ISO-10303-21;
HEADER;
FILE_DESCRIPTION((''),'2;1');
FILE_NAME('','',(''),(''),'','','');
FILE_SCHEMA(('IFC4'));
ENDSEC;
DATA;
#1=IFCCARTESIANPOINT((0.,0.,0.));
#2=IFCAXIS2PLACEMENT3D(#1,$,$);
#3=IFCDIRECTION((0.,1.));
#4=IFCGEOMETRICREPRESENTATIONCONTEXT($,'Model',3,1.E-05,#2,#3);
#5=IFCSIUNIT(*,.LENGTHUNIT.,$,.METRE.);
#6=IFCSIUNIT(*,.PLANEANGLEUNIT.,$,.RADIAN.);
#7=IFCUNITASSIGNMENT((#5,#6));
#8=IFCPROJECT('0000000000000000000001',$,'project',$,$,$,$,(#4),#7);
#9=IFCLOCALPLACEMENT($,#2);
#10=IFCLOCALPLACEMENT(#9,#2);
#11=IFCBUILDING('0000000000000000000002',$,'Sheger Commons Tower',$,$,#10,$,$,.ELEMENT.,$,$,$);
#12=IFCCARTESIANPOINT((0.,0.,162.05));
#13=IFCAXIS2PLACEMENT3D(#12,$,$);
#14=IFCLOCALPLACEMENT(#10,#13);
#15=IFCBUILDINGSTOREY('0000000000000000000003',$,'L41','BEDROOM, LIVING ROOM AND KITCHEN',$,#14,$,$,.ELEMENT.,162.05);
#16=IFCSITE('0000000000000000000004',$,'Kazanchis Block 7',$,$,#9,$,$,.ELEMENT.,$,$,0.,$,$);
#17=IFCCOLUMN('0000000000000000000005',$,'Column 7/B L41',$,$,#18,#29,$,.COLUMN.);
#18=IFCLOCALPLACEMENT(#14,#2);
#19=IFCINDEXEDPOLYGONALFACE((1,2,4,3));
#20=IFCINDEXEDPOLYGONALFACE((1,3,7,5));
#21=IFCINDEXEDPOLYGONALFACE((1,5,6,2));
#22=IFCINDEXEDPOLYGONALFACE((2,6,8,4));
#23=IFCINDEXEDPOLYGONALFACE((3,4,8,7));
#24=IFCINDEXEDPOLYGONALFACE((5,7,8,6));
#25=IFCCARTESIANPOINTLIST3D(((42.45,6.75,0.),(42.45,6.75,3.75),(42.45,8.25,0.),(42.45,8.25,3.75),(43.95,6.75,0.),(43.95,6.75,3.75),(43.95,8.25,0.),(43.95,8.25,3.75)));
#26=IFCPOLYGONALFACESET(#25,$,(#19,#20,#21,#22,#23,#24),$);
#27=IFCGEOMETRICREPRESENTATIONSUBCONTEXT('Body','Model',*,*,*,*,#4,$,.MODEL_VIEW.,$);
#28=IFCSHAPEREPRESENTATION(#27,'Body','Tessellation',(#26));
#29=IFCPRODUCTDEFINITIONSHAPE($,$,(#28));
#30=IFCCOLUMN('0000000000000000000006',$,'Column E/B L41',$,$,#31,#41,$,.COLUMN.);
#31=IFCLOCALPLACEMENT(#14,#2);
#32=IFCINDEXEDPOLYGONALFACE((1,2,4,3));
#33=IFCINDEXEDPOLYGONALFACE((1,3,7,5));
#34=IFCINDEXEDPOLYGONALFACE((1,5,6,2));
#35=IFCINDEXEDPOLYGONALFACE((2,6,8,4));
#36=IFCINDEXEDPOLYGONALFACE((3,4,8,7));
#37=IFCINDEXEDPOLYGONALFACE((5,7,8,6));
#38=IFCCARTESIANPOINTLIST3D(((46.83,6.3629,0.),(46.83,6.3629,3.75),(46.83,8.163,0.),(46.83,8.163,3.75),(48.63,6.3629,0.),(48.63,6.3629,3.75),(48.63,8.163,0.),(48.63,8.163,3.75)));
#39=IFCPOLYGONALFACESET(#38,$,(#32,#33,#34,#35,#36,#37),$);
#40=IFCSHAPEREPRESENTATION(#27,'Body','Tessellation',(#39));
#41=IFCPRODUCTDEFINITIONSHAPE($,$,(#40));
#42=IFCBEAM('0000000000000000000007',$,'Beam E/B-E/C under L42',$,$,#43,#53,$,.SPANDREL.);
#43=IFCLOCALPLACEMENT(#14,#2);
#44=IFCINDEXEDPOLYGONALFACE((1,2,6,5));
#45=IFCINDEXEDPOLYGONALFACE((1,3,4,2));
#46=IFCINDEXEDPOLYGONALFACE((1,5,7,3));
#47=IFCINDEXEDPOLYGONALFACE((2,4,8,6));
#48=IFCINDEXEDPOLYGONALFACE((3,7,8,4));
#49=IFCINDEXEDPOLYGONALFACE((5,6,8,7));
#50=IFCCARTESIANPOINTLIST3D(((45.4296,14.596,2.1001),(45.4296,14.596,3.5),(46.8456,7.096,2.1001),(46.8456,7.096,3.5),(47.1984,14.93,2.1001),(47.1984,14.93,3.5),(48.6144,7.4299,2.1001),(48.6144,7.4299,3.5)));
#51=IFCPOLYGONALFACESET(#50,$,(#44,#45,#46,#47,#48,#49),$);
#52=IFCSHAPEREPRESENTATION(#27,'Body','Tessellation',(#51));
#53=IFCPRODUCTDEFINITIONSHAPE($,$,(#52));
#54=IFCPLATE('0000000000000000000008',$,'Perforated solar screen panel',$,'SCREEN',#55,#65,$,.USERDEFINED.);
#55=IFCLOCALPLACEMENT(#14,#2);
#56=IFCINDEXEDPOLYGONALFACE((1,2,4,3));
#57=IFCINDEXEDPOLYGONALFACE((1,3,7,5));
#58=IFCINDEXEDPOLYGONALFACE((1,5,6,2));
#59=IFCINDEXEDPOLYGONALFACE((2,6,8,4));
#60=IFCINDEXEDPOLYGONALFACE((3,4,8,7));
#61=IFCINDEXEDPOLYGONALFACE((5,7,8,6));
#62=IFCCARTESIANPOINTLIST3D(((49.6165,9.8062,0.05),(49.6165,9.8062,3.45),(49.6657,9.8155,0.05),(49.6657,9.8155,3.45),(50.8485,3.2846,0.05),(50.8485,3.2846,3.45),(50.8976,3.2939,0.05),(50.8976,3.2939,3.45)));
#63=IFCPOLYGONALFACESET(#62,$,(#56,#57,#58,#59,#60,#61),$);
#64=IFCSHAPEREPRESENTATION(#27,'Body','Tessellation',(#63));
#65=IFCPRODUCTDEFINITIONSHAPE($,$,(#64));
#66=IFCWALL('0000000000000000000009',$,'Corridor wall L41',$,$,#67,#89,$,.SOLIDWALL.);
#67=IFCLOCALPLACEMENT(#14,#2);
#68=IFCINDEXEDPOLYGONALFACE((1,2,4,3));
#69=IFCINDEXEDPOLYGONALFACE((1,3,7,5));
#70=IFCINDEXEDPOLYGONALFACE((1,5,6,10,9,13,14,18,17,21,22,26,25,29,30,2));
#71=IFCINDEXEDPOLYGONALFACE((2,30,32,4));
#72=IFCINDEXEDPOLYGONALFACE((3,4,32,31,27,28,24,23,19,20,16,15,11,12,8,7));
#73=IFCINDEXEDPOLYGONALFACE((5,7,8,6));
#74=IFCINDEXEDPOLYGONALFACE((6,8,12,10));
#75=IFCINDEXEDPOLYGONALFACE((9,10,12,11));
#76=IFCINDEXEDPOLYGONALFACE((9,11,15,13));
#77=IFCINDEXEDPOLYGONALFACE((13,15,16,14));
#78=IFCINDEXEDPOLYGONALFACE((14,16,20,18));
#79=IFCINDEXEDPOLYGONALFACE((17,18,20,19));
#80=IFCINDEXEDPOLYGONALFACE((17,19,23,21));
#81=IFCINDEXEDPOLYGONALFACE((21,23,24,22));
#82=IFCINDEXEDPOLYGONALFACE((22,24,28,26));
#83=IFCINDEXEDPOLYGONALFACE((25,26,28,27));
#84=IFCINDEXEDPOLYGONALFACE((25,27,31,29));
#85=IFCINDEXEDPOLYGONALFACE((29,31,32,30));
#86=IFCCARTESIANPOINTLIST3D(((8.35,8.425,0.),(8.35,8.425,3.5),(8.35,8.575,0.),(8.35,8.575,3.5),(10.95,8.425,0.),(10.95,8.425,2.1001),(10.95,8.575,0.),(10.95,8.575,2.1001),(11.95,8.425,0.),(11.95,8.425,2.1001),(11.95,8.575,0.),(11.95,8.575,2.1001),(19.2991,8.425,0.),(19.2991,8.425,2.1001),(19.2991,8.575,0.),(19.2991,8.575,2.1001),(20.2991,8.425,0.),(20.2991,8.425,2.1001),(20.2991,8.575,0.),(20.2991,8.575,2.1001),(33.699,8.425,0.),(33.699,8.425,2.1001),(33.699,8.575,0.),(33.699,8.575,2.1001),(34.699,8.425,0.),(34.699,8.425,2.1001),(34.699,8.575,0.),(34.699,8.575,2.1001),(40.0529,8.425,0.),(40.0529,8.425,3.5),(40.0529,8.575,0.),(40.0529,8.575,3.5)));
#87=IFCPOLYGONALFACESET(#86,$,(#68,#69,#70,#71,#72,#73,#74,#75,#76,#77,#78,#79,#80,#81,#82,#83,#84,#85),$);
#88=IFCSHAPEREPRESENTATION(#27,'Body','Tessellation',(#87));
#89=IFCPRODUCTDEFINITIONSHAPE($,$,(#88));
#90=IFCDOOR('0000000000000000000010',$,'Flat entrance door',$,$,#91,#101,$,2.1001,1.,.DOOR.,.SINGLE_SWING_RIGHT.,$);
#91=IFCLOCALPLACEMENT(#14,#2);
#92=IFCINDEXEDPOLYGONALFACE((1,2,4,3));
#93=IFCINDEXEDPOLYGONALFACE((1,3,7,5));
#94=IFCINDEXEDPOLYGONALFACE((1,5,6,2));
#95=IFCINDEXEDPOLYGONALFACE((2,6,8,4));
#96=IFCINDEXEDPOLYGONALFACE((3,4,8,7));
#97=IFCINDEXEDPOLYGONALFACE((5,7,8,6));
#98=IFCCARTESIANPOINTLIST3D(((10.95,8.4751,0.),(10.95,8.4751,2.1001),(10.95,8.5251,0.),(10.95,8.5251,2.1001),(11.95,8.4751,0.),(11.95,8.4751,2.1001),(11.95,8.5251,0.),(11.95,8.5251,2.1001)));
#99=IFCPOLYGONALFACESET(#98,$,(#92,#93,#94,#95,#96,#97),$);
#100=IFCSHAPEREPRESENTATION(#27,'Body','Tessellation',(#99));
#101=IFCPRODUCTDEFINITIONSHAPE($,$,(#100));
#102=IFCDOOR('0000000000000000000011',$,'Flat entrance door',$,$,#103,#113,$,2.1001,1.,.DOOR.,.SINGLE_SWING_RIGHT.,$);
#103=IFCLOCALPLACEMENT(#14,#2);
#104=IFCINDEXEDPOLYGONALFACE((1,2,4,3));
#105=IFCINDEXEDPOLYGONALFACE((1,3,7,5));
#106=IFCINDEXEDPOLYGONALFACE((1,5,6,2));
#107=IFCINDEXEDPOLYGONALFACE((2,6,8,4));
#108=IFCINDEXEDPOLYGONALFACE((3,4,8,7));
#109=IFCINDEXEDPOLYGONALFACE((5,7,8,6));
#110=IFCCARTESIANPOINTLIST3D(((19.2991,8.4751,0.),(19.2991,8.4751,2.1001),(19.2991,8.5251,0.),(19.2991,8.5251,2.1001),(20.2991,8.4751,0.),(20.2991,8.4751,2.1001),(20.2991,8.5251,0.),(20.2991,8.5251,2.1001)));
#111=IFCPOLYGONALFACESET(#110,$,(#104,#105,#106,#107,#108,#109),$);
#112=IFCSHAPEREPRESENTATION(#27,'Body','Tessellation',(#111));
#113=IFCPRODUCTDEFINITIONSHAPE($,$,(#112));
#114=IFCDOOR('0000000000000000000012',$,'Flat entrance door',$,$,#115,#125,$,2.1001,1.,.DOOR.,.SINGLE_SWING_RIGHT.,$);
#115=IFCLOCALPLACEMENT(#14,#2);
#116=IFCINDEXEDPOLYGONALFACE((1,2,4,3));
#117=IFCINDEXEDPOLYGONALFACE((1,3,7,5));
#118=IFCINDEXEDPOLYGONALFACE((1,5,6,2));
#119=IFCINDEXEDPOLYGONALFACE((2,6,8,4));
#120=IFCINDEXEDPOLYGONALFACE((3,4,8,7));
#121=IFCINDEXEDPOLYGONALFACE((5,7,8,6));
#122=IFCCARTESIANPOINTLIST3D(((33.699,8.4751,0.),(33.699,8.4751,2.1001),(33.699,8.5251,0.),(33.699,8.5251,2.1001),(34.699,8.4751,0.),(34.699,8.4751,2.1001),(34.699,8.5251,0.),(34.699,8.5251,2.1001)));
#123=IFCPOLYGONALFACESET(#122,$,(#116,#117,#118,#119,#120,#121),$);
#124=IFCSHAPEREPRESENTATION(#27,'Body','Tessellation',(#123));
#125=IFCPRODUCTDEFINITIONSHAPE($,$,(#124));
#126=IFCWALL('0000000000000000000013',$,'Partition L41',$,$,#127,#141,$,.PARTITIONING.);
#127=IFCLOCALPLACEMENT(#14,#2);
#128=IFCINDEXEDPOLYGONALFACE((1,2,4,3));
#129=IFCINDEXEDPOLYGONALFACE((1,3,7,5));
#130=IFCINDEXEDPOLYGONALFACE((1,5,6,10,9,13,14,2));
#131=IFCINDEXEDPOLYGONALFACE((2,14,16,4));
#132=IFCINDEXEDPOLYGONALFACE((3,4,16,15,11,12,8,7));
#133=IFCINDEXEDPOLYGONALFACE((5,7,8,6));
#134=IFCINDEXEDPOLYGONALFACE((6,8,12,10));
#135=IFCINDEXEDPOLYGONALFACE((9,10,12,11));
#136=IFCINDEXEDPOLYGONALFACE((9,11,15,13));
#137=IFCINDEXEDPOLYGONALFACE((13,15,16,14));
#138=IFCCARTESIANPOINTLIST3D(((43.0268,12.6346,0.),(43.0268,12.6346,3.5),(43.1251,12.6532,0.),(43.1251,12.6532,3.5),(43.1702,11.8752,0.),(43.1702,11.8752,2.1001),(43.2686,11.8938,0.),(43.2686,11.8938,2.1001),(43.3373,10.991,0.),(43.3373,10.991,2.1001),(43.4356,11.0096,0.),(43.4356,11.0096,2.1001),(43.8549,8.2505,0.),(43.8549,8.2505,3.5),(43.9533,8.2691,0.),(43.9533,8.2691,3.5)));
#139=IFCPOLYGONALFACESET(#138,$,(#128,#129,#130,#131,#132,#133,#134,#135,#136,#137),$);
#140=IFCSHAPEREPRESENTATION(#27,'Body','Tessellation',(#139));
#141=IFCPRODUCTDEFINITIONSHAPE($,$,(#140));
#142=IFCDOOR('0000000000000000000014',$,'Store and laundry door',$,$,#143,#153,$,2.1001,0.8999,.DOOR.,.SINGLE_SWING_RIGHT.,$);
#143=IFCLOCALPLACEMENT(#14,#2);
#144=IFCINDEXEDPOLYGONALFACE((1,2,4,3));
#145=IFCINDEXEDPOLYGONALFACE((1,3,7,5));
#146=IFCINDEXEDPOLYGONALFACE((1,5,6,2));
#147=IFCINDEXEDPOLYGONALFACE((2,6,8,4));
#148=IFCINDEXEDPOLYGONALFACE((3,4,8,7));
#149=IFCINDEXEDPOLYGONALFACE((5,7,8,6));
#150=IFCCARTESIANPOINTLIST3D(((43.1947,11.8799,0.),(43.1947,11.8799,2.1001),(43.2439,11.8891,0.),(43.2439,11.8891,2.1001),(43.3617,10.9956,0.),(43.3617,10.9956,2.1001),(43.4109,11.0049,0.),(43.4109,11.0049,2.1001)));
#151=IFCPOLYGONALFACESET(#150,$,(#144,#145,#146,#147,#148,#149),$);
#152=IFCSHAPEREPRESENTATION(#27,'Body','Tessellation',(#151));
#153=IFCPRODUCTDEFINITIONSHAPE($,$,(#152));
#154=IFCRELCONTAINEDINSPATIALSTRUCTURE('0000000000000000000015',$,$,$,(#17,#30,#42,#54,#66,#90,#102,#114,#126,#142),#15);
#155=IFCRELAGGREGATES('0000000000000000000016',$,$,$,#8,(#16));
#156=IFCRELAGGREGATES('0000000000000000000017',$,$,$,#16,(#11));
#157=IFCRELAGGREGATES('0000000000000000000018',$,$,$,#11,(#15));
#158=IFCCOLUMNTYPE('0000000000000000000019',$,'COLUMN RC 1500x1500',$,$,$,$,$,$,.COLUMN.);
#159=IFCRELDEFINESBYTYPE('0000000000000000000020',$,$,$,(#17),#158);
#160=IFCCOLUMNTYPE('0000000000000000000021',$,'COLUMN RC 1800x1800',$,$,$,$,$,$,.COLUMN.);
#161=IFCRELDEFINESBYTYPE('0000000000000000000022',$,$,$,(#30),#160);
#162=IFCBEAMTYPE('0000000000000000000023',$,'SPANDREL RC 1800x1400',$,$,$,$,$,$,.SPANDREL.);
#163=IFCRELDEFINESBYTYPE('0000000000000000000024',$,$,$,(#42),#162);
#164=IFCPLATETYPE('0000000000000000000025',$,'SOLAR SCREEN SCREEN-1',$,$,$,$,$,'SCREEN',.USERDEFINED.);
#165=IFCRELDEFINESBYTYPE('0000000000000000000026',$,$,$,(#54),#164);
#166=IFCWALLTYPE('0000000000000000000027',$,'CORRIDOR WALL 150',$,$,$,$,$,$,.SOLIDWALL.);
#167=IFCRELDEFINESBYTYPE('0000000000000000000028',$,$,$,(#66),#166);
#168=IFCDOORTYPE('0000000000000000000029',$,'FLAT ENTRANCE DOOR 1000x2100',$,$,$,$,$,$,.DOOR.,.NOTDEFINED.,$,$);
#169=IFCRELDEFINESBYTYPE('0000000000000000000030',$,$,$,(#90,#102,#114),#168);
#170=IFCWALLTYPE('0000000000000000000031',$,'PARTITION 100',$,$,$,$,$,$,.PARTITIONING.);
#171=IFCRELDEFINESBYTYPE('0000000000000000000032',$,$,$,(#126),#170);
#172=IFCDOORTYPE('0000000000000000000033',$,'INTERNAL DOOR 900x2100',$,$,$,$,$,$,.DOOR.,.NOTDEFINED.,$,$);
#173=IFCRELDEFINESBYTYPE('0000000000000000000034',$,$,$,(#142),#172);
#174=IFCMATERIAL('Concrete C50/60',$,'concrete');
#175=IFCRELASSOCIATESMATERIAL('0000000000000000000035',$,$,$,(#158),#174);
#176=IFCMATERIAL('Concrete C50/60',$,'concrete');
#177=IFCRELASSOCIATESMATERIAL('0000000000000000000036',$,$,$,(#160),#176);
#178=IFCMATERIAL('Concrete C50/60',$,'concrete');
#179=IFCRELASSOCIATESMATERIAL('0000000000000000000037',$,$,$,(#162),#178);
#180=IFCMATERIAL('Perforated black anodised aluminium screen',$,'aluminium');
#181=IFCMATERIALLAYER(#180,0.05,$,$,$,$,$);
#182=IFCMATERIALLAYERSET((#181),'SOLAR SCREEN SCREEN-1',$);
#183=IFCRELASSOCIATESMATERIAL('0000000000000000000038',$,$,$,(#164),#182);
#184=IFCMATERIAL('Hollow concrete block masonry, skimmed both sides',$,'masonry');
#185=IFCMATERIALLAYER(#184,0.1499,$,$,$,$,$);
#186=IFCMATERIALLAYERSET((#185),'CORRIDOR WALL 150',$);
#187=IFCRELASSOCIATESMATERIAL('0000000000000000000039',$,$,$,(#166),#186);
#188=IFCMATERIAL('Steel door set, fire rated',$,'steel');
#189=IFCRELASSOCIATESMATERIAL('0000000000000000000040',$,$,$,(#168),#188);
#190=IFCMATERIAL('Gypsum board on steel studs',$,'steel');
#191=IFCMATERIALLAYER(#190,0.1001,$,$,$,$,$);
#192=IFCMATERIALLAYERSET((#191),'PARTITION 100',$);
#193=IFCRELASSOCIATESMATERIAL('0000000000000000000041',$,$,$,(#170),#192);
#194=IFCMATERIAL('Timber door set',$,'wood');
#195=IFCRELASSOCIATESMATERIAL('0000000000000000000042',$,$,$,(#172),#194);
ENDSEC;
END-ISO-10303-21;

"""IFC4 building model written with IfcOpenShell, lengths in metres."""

from ifc_helpers import new_model, si_unit, direction, frame, frame_2d, origin, origin_2d, place, context, subcontext, project, spatial, rectangle, extrude, material, layer, layer_set, material_profile, profile_set, type_object, element, fill, save


model = new_model("IFC4")

# Units and contexts
model_context = context("Model", 3, precision=1e-05, world=origin(), true_north=direction((0.0, 1.0)))
body_context = subcontext(model_context, "Body", "Model", "MODEL_VIEW")
ifc_project = project(units=[si_unit("LENGTHUNIT", "METRE"), si_unit("PLANEANGLEUNIT", "RADIAN")], contexts=[model_context])

# Site, building, storey
site_placement = place(None, origin())
site = spatial("IfcSite", under=ifc_project, at=site_placement, Name="Kazanchis Block 7", CompositionType="ELEMENT", RefElevation=0.0)
building_placement = place(site_placement, origin())
building = spatial("IfcBuilding", under=site, at=building_placement, Name="Sheger Commons Tower", CompositionType="ELEMENT")
storey_placement = place(building_placement, frame((0.0, 0.0, 162.05)))
storey = spatial("IfcBuildingStorey", under=building, at=storey_placement, Name="L41", Description="BEDROOM, LIVING ROOM AND KITCHEN", CompositionType="ELEMENT", Elevation=162.05)

# Columns
ifc_material_1 = material(Name="Concrete C50/60", Category="concrete")
ifc_material_profile_1 = material_profile(ifc_material_1, rectangle(XDim=1.5, YDim=1.5, at=origin_2d()), Name="RC 1500x1500")
ifc_profile_set_1 = profile_set([ifc_material_profile_1], Name="Concrete C50/60")
column_type_1 = type_object("IfcColumnType", Name="COLUMN RC 1500x1500", PredefinedType="COLUMN", material=ifc_profile_set_1)
column_1_placement = place(storey_placement, frame((43.2, 7.5, 0.0), z_axis=(0.0, 0.0, 1.0), x_axis=(1.0, 0.0, 0.0)))
element("IfcColumn", 1, at=column_1_placement, inside=storey, type_object=column_type_1, Name="Column 7/B L41", PredefinedType="COLUMN", context=body_context, shape_type="SweptSolid", body=[
    extrude(rectangle(XDim=1.5, YDim=1.5, at=origin_2d()), origin(), (0.0, 0.0, 1.0), 3.75),
])
ifc_material_2 = material(Name="Concrete C50/60", Category="concrete")
ifc_material_profile_2 = material_profile(ifc_material_2, rectangle(XDim=1.8, YDim=1.8, at=origin_2d()), Name="RC 1800x1800")
ifc_profile_set_2 = profile_set([ifc_material_profile_2], Name="Concrete C50/60")
column_type_2 = type_object("IfcColumnType", Name="COLUMN RC 1800x1800", PredefinedType="COLUMN", material=ifc_profile_set_2)
column_2_placement = place(storey_placement, frame((47.73, 7.2629, 0.0), z_axis=(0.0, 0.0, 1.0), x_axis=(1.0, 0.0, 0.0)))
element("IfcColumn", 2, at=column_2_placement, inside=storey, type_object=column_type_2, Name="Column E/B L41", PredefinedType="COLUMN", context=body_context, shape_type="SweptSolid", body=[
    extrude(rectangle(XDim=1.8, YDim=1.8, at=origin_2d()), origin(), (0.0, 0.0, 1.0), 3.75),
])

# Beam
ifc_material_3 = material(Name="Concrete C50/60", Category="concrete")
ifc_material_profile_3 = material_profile(ifc_material_3, rectangle(XDim=1.8, YDim=1.3999, at=origin_2d()), Name="RC 1800x1400")
ifc_profile_set_3 = profile_set([ifc_material_profile_3], Name="Concrete C50/60")
beam_type = type_object("IfcBeamType", Name="SPANDREL RC 1800x1400", PredefinedType="SPANDREL", material=ifc_profile_set_3)
beam_placement = place(storey_placement, frame((47.73, 7.2629, 2.8), z_axis=(-0.185524, 0.98264, 0.0), x_axis=(-0.98264, -0.185524, 0.0)))
element("IfcBeam", 3, at=beam_placement, inside=storey, type_object=beam_type, Name="Beam E/B-E/C under L42", PredefinedType="SPANDREL", context=body_context, shape_type="SweptSolid", body=[
    extrude(rectangle(XDim=1.8, YDim=1.3999, at=origin_2d()), origin(), (0.0, 0.0, 1.0), 7.6326),
])

# Plate
ifc_material_4 = material(Name="Perforated black anodised aluminium screen", Category="aluminium")
ifc_layer_1 = layer(ifc_material_4, 0.05)
ifc_layer_set_1 = layer_set([ifc_layer_1], Name="SOLAR SCREEN SCREEN-1")
plate_type = type_object("IfcPlateType", Name="SOLAR SCREEN SCREEN-1", ElementType="SCREEN", PredefinedType="USERDEFINED", material=ifc_layer_set_1)
plate_placement = place(storey_placement, frame((50.2571, 6.55, 0.05), z_axis=(0.0, 0.0, 1.0), x_axis=(-0.185615, 0.982623, 0.0)))
element("IfcPlate", 4, at=plate_placement, inside=storey, type_object=plate_type, Name="Perforated solar screen panel", ObjectType="SCREEN", PredefinedType="USERDEFINED", context=body_context, shape_type="SweptSolid", body=[
    extrude(rectangle(XDim=6.637, YDim=0.05, at=origin_2d()), origin(), (0.0, 0.0, 1.0), 3.3999),
])

# Wall, openings, doors
ifc_material_5 = material(Name="Hollow concrete block masonry, skimmed both sides", Category="masonry")
ifc_layer_2 = layer(ifc_material_5, 0.1499)
ifc_layer_set_2 = layer_set([ifc_layer_2], Name="CORRIDOR WALL 150")
wall_type_1 = type_object("IfcWallType", Name="CORRIDOR WALL 150", PredefinedType="SOLIDWALL", material=ifc_layer_set_2)
wall_1_placement = place(storey_placement, frame((40.053, 8.5, 0.0), z_axis=(0.0, 0.0, 1.0), x_axis=(-1.0, 0.0, 0.0)))
wall_1 = element("IfcWall", 5, at=wall_1_placement, inside=storey, type_object=wall_type_1, Name="Corridor wall L41", PredefinedType="SOLIDWALL", context=body_context, shape_type="SweptSolid", body=[
    extrude(rectangle(XDim=31.7029, YDim=0.1499, at=frame_2d((15.8516, 0.0))), origin(), (0.0, 0.0, 1.0), 3.5),
])
opening_1_placement = place(wall_1_placement, frame((28.103, 0.0, 0.0)))
opening_1 = element("IfcOpeningElement", 6, at=opening_1_placement, cuts=wall_1, PredefinedType="OPENING", context=body_context, shape_type="SweptSolid", body=[
    extrude(rectangle(XDim=1.0, YDim=2.1001, at=frame_2d((0.5, 1.05))), frame((0.0, 0.085, 0.0), z_axis=(0.0, -1.0, 0.0), x_axis=(1.0, 0.0, 0.0)), (0.0, 0.0, 1.0), 0.1699),
])
opening_2_placement = place(wall_1_placement, frame((19.7539, 0.0, 0.0)))
opening_2 = element("IfcOpeningElement", 7, at=opening_2_placement, cuts=wall_1, PredefinedType="OPENING", context=body_context, shape_type="SweptSolid", body=[
    extrude(rectangle(XDim=1.0, YDim=2.1001, at=frame_2d((0.5, 1.05))), frame((0.0, 0.085, 0.0), z_axis=(0.0, -1.0, 0.0), x_axis=(1.0, 0.0, 0.0)), (0.0, 0.0, 1.0), 0.1699),
])
opening_3_placement = place(wall_1_placement, frame((5.354, 0.0, 0.0)))
opening_3 = element("IfcOpeningElement", 8, at=opening_3_placement, cuts=wall_1, PredefinedType="OPENING", context=body_context, shape_type="SweptSolid", body=[
    extrude(rectangle(XDim=1.0, YDim=2.1001, at=frame_2d((0.5, 1.05))), frame((0.0, 0.085, 0.0), z_axis=(0.0, -1.0, 0.0), x_axis=(1.0, 0.0, 0.0)), (0.0, 0.0, 1.0), 0.1699),
])
ifc_material_6 = material(Name="Steel door set, fire rated", Category="steel")
door_type_1 = type_object("IfcDoorType", Name="FLAT ENTRANCE DOOR 1000x2100", OperationType="NOTDEFINED", PredefinedType="DOOR", material=ifc_material_6)
door_1_placement = place(opening_1_placement, origin())
door_1 = element("IfcDoor", 9, at=door_1_placement, inside=storey, type_object=door_type_1, Name="Flat entrance door", OperationType="SINGLE_SWING_RIGHT", OverallHeight=2.1001, OverallWidth=1.0, PredefinedType="DOOR", context=body_context, shape_type="SweptSolid", body=[
    extrude(rectangle(XDim=1.0, YDim=2.1001, at=frame_2d((0.5, 1.05))), frame((0.0, 0.0249, 0.0), z_axis=(0.0, -1.0, 0.0), x_axis=(1.0, 0.0, 0.0)), (0.0, 0.0, 1.0), 0.05),
])
fill(opening_1, door_1)
door_2_placement = place(opening_2_placement, origin())
door_2 = element("IfcDoor", 10, at=door_2_placement, inside=storey, type_object=door_type_1, Name="Flat entrance door", OperationType="SINGLE_SWING_RIGHT", OverallHeight=2.1001, OverallWidth=1.0, PredefinedType="DOOR", context=body_context, shape_type="SweptSolid", body=[
    extrude(rectangle(XDim=1.0, YDim=2.1001, at=frame_2d((0.5, 1.05))), frame((0.0, 0.0249, 0.0), z_axis=(0.0, -1.0, 0.0), x_axis=(1.0, 0.0, 0.0)), (0.0, 0.0, 1.0), 0.05),
])
fill(opening_2, door_2)
door_3_placement = place(opening_3_placement, origin())
door_3 = element("IfcDoor", 11, at=door_3_placement, inside=storey, type_object=door_type_1, Name="Flat entrance door", OperationType="SINGLE_SWING_RIGHT", OverallHeight=2.1001, OverallWidth=1.0, PredefinedType="DOOR", context=body_context, shape_type="SweptSolid", body=[
    extrude(rectangle(XDim=1.0, YDim=2.1001, at=frame_2d((0.5, 1.05))), frame((0.0, 0.0249, 0.0), z_axis=(0.0, -1.0, 0.0), x_axis=(1.0, 0.0, 0.0)), (0.0, 0.0, 1.0), 0.05),
])
fill(opening_3, door_3)

# Wall, opening, door
ifc_material_7 = material(Name="Gypsum board on steel studs", Category="steel")
ifc_layer_3 = layer(ifc_material_7, 0.1001)
ifc_layer_set_3 = layer_set([ifc_layer_3], Name="PARTITION 100")
wall_type_2 = type_object("IfcWallType", Name="PARTITION 100", PredefinedType="PARTITIONING", material=ifc_layer_set_3)
wall_2_placement = place(storey_placement, frame((43.0759, 12.644, 0.0), z_axis=(0.0, 0.0, 1.0), x_axis=(0.185613, -0.982623, 0.0)))
wall_2 = element("IfcWall", 12, at=wall_2_placement, inside=storey, type_object=wall_type_2, Name="Partition L41", PredefinedType="PARTITIONING", context=body_context, shape_type="SweptSolid", body=[
    extrude(rectangle(XDim=4.4617, YDim=0.1001, at=frame_2d((2.231, 0.0))), origin(), (0.0, 0.0, 1.0), 3.5),
])
opening_4_placement = place(wall_2_placement, frame((0.7729, 0.0, 0.0)))
opening_4 = element("IfcOpeningElement", 13, at=opening_4_placement, cuts=wall_2, PredefinedType="OPENING", context=body_context, shape_type="SweptSolid", body=[
    extrude(rectangle(XDim=0.8999, YDim=2.1001, at=frame_2d((0.45, 1.05))), frame((0.0, 0.0601, 0.0), z_axis=(0.0, -1.0, 0.0), x_axis=(1.0, 0.0, 0.0)), (0.0, 0.0, 1.0), 0.1201),
])
ifc_material_8 = material(Name="Timber door set", Category="wood")
door_type_2 = type_object("IfcDoorType", Name="INTERNAL DOOR 900x2100", OperationType="NOTDEFINED", PredefinedType="DOOR", material=ifc_material_8)
door_4_placement = place(opening_4_placement, origin())
door_4 = element("IfcDoor", 14, at=door_4_placement, inside=storey, type_object=door_type_2, Name="Store and laundry door", OperationType="SINGLE_SWING_RIGHT", OverallHeight=2.1001, OverallWidth=0.8999, PredefinedType="DOOR", context=body_context, shape_type="SweptSolid", body=[
    extrude(rectangle(XDim=0.8999, YDim=2.1001, at=frame_2d((0.45, 1.05))), frame((0.0, 0.0249, 0.0), z_axis=(0.0, -1.0, 0.0), x_axis=(1.0, 0.0, 0.0)), (0.0, 0.0, 1.0), 0.05),
])
fill(opening_4, door_4)

save(model, "model.ifc")
